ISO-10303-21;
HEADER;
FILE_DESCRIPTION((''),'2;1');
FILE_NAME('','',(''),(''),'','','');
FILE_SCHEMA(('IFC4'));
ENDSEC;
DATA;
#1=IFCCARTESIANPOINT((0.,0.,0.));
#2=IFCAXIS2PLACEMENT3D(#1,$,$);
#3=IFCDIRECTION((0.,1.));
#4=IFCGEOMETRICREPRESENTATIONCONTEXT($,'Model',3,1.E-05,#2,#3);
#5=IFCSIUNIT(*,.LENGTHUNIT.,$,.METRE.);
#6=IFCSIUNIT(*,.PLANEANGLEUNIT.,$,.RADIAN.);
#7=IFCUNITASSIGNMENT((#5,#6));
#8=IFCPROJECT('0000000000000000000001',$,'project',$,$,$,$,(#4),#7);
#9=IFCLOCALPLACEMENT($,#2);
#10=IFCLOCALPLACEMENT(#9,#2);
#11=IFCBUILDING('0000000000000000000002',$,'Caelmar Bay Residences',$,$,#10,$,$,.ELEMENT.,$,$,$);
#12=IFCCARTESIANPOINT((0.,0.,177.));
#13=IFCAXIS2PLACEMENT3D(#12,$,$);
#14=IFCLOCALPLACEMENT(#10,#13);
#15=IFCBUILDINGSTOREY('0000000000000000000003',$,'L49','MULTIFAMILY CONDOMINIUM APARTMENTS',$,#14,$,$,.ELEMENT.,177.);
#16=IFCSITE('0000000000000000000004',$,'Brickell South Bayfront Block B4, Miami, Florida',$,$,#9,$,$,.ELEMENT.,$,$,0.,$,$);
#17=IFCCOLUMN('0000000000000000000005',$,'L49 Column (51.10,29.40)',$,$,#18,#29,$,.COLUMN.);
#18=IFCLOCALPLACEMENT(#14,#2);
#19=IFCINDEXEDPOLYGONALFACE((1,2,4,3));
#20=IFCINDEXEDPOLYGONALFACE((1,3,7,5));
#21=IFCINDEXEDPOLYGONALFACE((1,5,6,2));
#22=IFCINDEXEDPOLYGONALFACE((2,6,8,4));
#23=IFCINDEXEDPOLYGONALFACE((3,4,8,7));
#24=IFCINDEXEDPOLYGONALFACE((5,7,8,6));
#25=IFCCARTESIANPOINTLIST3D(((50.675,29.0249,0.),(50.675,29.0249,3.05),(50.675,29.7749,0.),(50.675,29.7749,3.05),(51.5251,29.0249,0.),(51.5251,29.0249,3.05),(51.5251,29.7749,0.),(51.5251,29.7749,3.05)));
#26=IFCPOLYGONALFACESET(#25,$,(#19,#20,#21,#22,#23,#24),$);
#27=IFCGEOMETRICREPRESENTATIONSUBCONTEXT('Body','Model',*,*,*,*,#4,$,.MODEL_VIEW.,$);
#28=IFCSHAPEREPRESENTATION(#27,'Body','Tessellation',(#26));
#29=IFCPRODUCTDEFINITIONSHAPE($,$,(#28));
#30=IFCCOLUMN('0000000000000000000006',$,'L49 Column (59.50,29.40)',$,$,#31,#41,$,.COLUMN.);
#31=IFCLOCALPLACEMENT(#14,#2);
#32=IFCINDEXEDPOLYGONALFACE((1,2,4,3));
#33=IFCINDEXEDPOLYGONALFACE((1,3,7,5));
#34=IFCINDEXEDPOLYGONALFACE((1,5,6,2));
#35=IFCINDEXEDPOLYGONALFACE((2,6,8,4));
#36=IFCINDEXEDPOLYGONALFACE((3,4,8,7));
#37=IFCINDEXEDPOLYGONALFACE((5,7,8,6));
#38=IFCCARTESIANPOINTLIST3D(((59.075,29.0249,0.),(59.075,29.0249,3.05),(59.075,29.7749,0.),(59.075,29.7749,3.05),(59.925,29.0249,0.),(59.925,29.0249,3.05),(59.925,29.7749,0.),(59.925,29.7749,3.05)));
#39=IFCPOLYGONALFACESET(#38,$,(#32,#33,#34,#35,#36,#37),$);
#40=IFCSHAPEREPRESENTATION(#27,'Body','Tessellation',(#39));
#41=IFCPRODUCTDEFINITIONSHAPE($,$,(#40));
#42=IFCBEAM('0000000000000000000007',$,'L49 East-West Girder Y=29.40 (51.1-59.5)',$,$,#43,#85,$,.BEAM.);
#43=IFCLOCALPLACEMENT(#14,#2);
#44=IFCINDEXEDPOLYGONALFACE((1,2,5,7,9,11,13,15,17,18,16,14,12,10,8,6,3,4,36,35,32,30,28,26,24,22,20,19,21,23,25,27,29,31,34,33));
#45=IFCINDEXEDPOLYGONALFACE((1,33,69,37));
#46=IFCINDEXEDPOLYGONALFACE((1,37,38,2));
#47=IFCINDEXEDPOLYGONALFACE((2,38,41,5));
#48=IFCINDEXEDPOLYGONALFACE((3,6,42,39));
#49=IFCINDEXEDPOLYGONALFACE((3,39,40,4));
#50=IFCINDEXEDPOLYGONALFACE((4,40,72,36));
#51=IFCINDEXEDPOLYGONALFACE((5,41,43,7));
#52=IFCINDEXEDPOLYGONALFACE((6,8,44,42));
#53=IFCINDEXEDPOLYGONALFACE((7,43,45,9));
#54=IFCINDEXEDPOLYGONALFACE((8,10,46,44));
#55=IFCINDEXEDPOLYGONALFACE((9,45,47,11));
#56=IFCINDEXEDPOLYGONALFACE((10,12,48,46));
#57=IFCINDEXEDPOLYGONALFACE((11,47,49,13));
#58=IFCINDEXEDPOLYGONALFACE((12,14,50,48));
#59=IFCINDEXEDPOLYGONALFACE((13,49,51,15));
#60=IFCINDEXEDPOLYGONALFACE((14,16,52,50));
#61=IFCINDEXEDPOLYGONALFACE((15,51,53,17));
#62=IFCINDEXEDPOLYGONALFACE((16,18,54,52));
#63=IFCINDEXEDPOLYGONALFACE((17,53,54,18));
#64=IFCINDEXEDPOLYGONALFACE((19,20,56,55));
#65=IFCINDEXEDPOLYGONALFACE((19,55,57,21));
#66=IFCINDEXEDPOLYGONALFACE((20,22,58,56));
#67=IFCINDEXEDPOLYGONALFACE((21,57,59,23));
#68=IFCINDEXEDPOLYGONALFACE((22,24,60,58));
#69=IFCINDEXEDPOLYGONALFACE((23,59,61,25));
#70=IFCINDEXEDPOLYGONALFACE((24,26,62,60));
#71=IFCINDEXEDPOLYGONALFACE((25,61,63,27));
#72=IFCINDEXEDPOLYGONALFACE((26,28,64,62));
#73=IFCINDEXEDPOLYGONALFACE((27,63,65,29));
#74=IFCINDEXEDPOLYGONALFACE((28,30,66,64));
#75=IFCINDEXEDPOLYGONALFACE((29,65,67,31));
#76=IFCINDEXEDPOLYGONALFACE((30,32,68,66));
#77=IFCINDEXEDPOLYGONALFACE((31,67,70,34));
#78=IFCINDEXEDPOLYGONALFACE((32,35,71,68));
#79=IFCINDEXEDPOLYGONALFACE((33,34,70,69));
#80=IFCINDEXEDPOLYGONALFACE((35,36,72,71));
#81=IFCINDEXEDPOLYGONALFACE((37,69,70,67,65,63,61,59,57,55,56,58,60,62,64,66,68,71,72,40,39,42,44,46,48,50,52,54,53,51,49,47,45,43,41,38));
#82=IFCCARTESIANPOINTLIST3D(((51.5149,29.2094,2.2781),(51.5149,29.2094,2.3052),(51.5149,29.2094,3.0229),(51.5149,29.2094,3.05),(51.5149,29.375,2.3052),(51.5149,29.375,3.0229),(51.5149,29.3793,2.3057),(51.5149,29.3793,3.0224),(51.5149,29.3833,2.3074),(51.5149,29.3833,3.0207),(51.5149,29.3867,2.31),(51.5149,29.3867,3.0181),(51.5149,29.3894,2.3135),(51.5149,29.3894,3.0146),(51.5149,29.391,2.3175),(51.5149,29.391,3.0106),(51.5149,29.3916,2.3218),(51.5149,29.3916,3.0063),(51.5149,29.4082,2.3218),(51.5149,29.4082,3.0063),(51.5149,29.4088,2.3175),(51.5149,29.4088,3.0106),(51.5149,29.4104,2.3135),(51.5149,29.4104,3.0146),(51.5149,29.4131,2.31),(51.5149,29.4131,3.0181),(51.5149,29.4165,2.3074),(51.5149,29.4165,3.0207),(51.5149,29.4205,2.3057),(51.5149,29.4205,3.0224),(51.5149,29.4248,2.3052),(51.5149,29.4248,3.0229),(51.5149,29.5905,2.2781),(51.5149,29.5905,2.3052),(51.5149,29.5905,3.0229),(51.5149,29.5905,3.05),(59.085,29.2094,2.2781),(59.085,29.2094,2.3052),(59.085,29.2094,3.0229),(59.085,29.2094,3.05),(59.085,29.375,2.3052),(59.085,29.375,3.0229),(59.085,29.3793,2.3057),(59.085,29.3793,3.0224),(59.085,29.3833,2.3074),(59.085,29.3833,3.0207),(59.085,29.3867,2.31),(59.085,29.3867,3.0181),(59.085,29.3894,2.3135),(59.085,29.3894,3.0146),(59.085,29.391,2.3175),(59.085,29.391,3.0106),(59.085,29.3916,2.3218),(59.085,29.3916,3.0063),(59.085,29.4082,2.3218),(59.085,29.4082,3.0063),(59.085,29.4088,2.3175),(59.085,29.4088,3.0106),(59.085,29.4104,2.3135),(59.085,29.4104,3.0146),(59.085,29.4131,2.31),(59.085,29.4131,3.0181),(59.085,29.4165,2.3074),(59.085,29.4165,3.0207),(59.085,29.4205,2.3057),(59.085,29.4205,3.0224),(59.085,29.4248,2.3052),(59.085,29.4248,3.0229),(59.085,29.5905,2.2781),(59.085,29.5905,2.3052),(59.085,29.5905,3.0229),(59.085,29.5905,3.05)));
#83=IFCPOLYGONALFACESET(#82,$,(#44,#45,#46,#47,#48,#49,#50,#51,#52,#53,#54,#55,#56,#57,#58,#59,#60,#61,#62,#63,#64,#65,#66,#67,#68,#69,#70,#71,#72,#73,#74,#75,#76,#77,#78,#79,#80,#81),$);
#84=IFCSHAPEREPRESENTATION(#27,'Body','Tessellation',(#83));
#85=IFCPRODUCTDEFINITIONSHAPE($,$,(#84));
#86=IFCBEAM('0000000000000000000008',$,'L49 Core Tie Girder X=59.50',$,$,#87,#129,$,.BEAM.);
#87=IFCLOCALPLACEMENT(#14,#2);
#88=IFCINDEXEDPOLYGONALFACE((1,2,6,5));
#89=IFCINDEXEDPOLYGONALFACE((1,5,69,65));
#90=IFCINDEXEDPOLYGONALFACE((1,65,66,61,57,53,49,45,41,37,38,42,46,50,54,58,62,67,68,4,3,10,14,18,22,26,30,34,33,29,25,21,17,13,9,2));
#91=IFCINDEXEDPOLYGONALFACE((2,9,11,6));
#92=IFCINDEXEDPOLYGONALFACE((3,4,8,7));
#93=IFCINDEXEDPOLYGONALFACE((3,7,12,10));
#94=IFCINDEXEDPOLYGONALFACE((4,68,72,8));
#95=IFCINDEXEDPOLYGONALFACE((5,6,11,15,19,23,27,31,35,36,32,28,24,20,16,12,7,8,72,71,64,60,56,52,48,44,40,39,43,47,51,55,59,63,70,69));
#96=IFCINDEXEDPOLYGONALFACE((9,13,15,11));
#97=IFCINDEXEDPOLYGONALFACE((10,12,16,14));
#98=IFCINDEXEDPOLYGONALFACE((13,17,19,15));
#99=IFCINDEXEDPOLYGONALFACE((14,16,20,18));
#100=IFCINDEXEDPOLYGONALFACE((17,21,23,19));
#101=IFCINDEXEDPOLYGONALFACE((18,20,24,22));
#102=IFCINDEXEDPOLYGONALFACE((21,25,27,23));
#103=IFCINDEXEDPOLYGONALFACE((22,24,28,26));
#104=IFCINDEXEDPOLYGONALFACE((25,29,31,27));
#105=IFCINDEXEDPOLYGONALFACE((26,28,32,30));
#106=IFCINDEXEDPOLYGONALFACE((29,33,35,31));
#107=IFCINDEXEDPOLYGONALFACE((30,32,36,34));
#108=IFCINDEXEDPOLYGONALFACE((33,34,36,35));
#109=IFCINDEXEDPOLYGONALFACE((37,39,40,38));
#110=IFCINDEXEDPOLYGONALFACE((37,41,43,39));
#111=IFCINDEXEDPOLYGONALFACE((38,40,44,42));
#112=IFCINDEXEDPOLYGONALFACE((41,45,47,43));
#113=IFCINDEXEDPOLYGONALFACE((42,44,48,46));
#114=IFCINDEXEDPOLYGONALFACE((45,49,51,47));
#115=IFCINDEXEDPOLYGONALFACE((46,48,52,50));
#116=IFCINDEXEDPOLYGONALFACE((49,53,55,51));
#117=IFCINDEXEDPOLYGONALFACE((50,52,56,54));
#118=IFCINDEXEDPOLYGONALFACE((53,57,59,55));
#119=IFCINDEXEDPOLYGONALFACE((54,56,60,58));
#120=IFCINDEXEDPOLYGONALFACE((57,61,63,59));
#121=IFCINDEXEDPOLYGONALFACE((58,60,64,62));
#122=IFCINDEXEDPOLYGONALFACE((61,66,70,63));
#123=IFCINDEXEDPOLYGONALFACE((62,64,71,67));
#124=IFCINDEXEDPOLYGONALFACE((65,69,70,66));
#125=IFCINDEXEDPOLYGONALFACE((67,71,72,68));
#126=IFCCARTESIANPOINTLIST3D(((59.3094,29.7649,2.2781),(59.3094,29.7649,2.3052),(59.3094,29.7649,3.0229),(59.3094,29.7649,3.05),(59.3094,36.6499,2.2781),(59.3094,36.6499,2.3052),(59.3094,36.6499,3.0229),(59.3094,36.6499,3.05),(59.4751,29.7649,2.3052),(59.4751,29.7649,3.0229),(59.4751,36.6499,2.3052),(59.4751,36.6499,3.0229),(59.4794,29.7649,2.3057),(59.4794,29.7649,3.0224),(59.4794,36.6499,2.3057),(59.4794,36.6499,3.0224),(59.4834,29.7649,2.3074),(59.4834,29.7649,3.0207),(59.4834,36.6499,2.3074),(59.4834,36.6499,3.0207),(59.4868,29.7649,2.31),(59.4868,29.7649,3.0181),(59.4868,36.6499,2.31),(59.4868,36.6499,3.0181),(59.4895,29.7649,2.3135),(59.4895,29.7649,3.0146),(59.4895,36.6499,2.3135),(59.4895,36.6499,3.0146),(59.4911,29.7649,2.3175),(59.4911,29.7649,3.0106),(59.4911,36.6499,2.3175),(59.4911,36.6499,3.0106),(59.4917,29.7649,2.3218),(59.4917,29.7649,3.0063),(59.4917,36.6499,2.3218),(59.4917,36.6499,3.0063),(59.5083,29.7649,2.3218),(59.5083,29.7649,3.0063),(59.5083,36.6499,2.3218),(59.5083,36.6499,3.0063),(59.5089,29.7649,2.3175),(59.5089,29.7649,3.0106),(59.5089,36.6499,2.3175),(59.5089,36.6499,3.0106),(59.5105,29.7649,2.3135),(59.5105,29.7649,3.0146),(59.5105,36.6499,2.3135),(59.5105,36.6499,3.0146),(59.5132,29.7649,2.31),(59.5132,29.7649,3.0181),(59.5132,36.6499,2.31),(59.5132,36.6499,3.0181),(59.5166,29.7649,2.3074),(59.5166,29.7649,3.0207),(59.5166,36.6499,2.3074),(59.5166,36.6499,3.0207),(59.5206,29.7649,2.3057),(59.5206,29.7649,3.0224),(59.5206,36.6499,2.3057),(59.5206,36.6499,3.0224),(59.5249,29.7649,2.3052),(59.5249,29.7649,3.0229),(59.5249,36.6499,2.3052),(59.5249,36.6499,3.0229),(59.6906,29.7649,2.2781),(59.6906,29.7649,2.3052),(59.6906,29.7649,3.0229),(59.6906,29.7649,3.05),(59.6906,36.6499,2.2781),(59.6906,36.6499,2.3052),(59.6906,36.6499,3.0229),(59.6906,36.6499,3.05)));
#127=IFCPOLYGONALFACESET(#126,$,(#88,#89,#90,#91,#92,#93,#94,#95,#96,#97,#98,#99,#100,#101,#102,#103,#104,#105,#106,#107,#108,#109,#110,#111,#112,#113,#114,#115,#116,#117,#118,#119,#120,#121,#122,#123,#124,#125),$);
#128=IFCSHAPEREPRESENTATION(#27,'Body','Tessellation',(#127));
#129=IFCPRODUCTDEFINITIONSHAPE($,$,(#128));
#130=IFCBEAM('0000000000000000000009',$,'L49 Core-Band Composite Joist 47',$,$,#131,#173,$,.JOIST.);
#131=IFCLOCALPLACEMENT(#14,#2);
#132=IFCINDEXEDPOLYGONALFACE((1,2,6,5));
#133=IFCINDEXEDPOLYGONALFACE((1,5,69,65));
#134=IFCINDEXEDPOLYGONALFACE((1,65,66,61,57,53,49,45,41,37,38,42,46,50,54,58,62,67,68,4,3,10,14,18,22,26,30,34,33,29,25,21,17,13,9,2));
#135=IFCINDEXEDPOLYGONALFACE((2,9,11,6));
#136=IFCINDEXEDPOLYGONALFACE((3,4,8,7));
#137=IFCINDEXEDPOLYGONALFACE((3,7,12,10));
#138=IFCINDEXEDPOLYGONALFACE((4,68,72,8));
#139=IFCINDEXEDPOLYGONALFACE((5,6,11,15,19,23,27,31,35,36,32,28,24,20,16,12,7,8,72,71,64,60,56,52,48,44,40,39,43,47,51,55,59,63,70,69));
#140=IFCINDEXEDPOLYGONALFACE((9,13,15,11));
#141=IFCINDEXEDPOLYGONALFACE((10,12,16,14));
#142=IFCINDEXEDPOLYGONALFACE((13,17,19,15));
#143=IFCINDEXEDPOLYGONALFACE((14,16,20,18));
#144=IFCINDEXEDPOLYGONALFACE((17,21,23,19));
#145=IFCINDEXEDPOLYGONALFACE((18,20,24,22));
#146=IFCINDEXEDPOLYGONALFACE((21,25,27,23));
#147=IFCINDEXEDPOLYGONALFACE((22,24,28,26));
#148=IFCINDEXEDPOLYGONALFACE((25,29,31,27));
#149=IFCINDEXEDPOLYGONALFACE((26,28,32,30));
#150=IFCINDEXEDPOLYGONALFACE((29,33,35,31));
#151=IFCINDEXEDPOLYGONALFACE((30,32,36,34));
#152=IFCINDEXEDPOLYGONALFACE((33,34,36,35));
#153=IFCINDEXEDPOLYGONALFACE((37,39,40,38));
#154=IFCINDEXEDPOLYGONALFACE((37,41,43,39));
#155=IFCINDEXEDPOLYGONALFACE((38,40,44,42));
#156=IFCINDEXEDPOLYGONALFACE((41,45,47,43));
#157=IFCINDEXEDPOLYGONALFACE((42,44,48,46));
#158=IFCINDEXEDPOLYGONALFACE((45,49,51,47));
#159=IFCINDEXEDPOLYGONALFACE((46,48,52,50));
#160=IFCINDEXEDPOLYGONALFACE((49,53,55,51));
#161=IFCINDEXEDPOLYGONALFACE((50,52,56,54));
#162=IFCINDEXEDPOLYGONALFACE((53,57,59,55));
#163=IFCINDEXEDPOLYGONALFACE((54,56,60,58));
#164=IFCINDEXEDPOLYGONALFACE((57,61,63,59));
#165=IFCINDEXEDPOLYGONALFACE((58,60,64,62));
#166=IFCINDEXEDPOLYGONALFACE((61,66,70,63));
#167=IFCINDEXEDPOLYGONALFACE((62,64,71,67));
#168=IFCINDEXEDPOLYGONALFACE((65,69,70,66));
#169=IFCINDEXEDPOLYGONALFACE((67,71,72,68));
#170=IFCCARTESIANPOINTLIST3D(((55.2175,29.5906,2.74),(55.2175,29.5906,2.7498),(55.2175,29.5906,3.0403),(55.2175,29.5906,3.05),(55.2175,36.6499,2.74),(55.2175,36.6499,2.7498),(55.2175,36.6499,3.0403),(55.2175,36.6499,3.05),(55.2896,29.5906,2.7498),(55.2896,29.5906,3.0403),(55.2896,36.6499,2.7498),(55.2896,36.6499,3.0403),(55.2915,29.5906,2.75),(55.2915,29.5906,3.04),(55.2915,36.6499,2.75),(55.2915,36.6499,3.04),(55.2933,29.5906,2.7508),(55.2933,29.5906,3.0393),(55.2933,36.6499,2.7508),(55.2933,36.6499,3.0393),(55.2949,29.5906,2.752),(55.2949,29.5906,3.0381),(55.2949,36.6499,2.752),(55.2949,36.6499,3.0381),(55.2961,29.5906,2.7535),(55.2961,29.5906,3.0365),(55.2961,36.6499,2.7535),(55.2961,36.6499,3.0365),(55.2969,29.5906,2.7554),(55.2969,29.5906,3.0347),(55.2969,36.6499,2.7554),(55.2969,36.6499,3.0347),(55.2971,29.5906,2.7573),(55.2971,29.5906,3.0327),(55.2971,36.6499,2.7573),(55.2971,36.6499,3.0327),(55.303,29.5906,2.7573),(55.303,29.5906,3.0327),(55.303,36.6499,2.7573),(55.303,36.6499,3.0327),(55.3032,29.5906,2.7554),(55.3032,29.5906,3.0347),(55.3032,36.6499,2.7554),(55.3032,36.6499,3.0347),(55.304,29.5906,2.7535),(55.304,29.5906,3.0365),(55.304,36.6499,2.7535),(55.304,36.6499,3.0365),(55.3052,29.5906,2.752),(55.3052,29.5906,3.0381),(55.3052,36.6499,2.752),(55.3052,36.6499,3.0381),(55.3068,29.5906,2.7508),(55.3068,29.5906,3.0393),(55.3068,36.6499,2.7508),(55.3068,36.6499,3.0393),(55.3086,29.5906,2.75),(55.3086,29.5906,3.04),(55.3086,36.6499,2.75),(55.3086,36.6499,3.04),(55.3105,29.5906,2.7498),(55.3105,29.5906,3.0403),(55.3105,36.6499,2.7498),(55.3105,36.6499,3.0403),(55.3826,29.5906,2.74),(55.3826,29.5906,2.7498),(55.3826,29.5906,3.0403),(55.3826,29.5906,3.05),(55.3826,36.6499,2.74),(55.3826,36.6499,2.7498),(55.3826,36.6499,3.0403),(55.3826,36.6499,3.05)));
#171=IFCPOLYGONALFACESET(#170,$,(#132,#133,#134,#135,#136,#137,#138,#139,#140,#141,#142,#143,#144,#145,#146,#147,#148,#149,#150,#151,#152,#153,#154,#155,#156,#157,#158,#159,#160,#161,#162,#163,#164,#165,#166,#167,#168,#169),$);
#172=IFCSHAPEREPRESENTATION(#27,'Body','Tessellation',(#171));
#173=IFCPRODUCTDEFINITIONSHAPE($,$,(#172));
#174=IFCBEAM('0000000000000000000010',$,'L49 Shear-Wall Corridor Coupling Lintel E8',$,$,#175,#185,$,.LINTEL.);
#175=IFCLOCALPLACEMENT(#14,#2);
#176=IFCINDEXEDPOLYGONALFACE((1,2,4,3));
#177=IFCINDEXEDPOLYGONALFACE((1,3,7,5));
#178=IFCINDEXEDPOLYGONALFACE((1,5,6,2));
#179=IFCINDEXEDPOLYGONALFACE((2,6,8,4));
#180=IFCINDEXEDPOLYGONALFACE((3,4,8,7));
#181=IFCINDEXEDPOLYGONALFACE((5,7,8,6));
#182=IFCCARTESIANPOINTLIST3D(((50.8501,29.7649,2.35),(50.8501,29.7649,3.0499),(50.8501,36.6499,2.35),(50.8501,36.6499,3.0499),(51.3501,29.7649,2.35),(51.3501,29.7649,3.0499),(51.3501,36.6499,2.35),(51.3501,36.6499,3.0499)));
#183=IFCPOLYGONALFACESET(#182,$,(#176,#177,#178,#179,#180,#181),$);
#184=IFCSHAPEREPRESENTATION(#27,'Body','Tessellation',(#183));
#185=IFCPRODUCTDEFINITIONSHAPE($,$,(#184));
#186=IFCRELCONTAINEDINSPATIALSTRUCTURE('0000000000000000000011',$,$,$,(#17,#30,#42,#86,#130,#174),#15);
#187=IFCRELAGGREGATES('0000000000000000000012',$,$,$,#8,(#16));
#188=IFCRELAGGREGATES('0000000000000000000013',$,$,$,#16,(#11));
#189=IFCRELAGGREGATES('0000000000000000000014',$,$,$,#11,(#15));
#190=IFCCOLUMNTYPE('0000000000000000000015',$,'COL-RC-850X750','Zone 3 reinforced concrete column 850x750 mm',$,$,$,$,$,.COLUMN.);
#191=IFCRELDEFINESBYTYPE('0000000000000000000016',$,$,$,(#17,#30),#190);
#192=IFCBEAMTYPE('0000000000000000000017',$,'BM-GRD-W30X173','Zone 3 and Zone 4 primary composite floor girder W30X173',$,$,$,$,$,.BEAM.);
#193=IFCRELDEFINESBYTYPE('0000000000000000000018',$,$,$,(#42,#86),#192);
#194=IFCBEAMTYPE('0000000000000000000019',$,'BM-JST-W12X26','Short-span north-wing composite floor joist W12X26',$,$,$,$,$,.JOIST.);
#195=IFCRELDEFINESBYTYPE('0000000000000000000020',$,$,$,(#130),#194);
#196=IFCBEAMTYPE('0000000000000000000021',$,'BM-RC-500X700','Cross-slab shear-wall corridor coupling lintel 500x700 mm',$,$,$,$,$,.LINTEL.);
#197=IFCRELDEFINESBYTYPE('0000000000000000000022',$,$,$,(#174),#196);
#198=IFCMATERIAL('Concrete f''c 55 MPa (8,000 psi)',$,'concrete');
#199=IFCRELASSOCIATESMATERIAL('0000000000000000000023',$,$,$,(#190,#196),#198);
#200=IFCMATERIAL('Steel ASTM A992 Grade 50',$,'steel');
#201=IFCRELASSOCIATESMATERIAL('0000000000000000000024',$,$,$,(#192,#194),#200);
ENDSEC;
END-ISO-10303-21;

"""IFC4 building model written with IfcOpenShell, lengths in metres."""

from ifc_helpers import new_model, si_unit, direction, frame, origin, origin_2d, place, context, subcontext, project, spatial, rectangle, i_section, extrude, material, material_profile, profile_set, type_object, element, save


model = new_model("IFC4")

# Units and contexts
model_context = context("Model", 3, precision=1e-05, world=origin(), true_north=direction((0.0, 1.0)))
body_context = subcontext(model_context, "Body", "Model", "MODEL_VIEW")
ifc_project = project(units=[si_unit("LENGTHUNIT", "METRE"), si_unit("PLANEANGLEUNIT", "RADIAN")], contexts=[model_context])

# Site, building, storey
site_placement = place(None, origin())
site = spatial("IfcSite", under=ifc_project, at=site_placement, Name="Brickell South Bayfront Block B4, Miami, Florida", CompositionType="ELEMENT", RefElevation=0.0)
building_placement = place(site_placement, origin())
building = spatial("IfcBuilding", under=site, at=building_placement, Name="Caelmar Bay Residences", CompositionType="ELEMENT")
storey_placement = place(building_placement, frame((0.0, 0.0, 177.0)))
storey = spatial("IfcBuildingStorey", under=building, at=storey_placement, Name="L49", Description="MULTIFAMILY CONDOMINIUM APARTMENTS", CompositionType="ELEMENT", Elevation=177.0)

# Columns
ifc_material_1 = material(Name="Concrete f'c 55 MPa (8,000 psi)", Category="concrete")
ifc_material_profile_1 = material_profile(ifc_material_1, rectangle(XDim=0.8501, YDim=0.75, at=origin_2d()), Name="RC-COL-850X750")
ifc_profile_set_1 = profile_set([ifc_material_profile_1], Name="Concrete f'c 55 MPa (8,000 psi)")
column_type = type_object("IfcColumnType", Name="COL-RC-850X750", Description="Zone 3 reinforced concrete column 850x750 mm", PredefinedType="COLUMN", material=ifc_profile_set_1)
for number, where, z_axis, x_axis, name in (
    (1, (51.1001, 29.3999, 0.0), (0.0, 0.0, 1.0), (1.0, 0.0, 0.0), "L49 Column (51.10,29.40)"),
    (2, (59.5, 29.3999, 0.0), (0.0, 0.0, 1.0), (1.0, 0.0, 0.0), "L49 Column (59.50,29.40)"),
):
    element("IfcColumn", number, at=place(storey_placement, frame(where, z_axis=z_axis, x_axis=x_axis)), inside=storey, type_object=column_type, Name=name, PredefinedType="COLUMN", context=body_context, shape_type="SweptSolid", body=[
        extrude(rectangle(XDim=0.8501, YDim=0.75, at=origin_2d()), origin(), (0.0, 0.0, 1.0), 3.05),
    ])

# Beams
ifc_material_2 = material(Name="Steel ASTM A992 Grade 50", Category="steel")
ifc_material_profile_2 = material_profile(ifc_material_2, i_section(OverallWidth=0.3811, OverallDepth=0.772, WebThickness=0.0166, FlangeThickness=0.0271, FilletRadius=0.0166, at=origin_2d()), Name="W30X173")
ifc_profile_set_2 = profile_set([ifc_material_profile_2], Name="Steel ASTM A992 Grade 50")
beam_type_1 = type_object("IfcBeamType", Name="BM-GRD-W30X173", Description="Zone 3 and Zone 4 primary composite floor girder W30X173", PredefinedType="BEAM", material=ifc_profile_set_2)
beam_1_placement = place(storey_placement, frame((51.5149, 29.3999, 2.6641), z_axis=(1.0, 0.0, 0.0), x_axis=(0.0, 1.0, 0.0)))
element("IfcBeam", 3, at=beam_1_placement, inside=storey, type_object=beam_type_1, Name="L49 East-West Girder Y=29.40 (51.1-59.5)", PredefinedType="BEAM", context=body_context, shape_type="SweptSolid", body=[
    extrude(i_section(OverallWidth=0.3811, OverallDepth=0.772, WebThickness=0.0166, FlangeThickness=0.0271, FilletRadius=0.0166, at=origin_2d()), origin(), (0.0, 0.0, 1.0), 7.5701),
])
beam_2_placement = place(storey_placement, frame((59.5, 29.7649, 2.6641), z_axis=(0.0, 1.0, 0.0), x_axis=(-1.0, 0.0, 0.0)))
element("IfcBeam", 4, at=beam_2_placement, inside=storey, type_object=beam_type_1, Name="L49 Core Tie Girder X=59.50", PredefinedType="BEAM", context=body_context, shape_type="SweptSolid", body=[
    extrude(i_section(OverallWidth=0.3811, OverallDepth=0.772, WebThickness=0.0166, FlangeThickness=0.0271, FilletRadius=0.0166, at=origin_2d()), origin(), (0.0, 0.0, 1.0), 6.885),
])
ifc_material_profile_3 = material_profile(ifc_material_2, i_section(OverallWidth=0.165, OverallDepth=0.3101, WebThickness=0.0059, FlangeThickness=0.0098, FilletRadius=0.0076, at=origin_2d()), Name="W12X26")
ifc_profile_set_3 = profile_set([ifc_material_profile_3], Name="Steel ASTM A992 Grade 50")
beam_type_2 = type_object("IfcBeamType", Name="BM-JST-W12X26", Description="Short-span north-wing composite floor joist W12X26", PredefinedType="JOIST", material=ifc_profile_set_3)
beam_3_placement = place(storey_placement, frame((55.3, 29.5906, 2.895), z_axis=(0.0, 1.0, 0.0), x_axis=(-1.0, 0.0, 0.0)))
element("IfcBeam", 5, at=beam_3_placement, inside=storey, type_object=beam_type_2, Name="L49 Core-Band Composite Joist 47", PredefinedType="JOIST", context=body_context, shape_type="SweptSolid", body=[
    extrude(i_section(OverallWidth=0.165, OverallDepth=0.3101, WebThickness=0.0059, FlangeThickness=0.0098, FilletRadius=0.0076, at=origin_2d()), origin(), (0.0, 0.0, 1.0), 7.0593),
])
ifc_material_profile_4 = material_profile(ifc_material_1, rectangle(XDim=0.5, YDim=0.7, at=origin_2d()), Name="RC-BM-500X700")
ifc_profile_set_4 = profile_set([ifc_material_profile_4], Name="Concrete f'c 55 MPa (8,000 psi)")
beam_type_3 = type_object("IfcBeamType", Name="BM-RC-500X700", Description="Cross-slab shear-wall corridor coupling lintel 500x700 mm", PredefinedType="LINTEL", material=ifc_profile_set_4)
beam_4_placement = place(storey_placement, frame((51.1001, 29.7649, 2.7), z_axis=(0.0, 1.0, 0.0), x_axis=(-1.0, 0.0, 0.0)))
element("IfcBeam", 6, at=beam_4_placement, inside=storey, type_object=beam_type_3, Name="L49 Shear-Wall Corridor Coupling Lintel E8", PredefinedType="LINTEL", context=body_context, shape_type="SweptSolid", body=[
    extrude(rectangle(XDim=0.5, YDim=0.7, at=origin_2d()), origin(), (0.0, 0.0, 1.0), 6.885),
])

save(model, "model.ifc")
